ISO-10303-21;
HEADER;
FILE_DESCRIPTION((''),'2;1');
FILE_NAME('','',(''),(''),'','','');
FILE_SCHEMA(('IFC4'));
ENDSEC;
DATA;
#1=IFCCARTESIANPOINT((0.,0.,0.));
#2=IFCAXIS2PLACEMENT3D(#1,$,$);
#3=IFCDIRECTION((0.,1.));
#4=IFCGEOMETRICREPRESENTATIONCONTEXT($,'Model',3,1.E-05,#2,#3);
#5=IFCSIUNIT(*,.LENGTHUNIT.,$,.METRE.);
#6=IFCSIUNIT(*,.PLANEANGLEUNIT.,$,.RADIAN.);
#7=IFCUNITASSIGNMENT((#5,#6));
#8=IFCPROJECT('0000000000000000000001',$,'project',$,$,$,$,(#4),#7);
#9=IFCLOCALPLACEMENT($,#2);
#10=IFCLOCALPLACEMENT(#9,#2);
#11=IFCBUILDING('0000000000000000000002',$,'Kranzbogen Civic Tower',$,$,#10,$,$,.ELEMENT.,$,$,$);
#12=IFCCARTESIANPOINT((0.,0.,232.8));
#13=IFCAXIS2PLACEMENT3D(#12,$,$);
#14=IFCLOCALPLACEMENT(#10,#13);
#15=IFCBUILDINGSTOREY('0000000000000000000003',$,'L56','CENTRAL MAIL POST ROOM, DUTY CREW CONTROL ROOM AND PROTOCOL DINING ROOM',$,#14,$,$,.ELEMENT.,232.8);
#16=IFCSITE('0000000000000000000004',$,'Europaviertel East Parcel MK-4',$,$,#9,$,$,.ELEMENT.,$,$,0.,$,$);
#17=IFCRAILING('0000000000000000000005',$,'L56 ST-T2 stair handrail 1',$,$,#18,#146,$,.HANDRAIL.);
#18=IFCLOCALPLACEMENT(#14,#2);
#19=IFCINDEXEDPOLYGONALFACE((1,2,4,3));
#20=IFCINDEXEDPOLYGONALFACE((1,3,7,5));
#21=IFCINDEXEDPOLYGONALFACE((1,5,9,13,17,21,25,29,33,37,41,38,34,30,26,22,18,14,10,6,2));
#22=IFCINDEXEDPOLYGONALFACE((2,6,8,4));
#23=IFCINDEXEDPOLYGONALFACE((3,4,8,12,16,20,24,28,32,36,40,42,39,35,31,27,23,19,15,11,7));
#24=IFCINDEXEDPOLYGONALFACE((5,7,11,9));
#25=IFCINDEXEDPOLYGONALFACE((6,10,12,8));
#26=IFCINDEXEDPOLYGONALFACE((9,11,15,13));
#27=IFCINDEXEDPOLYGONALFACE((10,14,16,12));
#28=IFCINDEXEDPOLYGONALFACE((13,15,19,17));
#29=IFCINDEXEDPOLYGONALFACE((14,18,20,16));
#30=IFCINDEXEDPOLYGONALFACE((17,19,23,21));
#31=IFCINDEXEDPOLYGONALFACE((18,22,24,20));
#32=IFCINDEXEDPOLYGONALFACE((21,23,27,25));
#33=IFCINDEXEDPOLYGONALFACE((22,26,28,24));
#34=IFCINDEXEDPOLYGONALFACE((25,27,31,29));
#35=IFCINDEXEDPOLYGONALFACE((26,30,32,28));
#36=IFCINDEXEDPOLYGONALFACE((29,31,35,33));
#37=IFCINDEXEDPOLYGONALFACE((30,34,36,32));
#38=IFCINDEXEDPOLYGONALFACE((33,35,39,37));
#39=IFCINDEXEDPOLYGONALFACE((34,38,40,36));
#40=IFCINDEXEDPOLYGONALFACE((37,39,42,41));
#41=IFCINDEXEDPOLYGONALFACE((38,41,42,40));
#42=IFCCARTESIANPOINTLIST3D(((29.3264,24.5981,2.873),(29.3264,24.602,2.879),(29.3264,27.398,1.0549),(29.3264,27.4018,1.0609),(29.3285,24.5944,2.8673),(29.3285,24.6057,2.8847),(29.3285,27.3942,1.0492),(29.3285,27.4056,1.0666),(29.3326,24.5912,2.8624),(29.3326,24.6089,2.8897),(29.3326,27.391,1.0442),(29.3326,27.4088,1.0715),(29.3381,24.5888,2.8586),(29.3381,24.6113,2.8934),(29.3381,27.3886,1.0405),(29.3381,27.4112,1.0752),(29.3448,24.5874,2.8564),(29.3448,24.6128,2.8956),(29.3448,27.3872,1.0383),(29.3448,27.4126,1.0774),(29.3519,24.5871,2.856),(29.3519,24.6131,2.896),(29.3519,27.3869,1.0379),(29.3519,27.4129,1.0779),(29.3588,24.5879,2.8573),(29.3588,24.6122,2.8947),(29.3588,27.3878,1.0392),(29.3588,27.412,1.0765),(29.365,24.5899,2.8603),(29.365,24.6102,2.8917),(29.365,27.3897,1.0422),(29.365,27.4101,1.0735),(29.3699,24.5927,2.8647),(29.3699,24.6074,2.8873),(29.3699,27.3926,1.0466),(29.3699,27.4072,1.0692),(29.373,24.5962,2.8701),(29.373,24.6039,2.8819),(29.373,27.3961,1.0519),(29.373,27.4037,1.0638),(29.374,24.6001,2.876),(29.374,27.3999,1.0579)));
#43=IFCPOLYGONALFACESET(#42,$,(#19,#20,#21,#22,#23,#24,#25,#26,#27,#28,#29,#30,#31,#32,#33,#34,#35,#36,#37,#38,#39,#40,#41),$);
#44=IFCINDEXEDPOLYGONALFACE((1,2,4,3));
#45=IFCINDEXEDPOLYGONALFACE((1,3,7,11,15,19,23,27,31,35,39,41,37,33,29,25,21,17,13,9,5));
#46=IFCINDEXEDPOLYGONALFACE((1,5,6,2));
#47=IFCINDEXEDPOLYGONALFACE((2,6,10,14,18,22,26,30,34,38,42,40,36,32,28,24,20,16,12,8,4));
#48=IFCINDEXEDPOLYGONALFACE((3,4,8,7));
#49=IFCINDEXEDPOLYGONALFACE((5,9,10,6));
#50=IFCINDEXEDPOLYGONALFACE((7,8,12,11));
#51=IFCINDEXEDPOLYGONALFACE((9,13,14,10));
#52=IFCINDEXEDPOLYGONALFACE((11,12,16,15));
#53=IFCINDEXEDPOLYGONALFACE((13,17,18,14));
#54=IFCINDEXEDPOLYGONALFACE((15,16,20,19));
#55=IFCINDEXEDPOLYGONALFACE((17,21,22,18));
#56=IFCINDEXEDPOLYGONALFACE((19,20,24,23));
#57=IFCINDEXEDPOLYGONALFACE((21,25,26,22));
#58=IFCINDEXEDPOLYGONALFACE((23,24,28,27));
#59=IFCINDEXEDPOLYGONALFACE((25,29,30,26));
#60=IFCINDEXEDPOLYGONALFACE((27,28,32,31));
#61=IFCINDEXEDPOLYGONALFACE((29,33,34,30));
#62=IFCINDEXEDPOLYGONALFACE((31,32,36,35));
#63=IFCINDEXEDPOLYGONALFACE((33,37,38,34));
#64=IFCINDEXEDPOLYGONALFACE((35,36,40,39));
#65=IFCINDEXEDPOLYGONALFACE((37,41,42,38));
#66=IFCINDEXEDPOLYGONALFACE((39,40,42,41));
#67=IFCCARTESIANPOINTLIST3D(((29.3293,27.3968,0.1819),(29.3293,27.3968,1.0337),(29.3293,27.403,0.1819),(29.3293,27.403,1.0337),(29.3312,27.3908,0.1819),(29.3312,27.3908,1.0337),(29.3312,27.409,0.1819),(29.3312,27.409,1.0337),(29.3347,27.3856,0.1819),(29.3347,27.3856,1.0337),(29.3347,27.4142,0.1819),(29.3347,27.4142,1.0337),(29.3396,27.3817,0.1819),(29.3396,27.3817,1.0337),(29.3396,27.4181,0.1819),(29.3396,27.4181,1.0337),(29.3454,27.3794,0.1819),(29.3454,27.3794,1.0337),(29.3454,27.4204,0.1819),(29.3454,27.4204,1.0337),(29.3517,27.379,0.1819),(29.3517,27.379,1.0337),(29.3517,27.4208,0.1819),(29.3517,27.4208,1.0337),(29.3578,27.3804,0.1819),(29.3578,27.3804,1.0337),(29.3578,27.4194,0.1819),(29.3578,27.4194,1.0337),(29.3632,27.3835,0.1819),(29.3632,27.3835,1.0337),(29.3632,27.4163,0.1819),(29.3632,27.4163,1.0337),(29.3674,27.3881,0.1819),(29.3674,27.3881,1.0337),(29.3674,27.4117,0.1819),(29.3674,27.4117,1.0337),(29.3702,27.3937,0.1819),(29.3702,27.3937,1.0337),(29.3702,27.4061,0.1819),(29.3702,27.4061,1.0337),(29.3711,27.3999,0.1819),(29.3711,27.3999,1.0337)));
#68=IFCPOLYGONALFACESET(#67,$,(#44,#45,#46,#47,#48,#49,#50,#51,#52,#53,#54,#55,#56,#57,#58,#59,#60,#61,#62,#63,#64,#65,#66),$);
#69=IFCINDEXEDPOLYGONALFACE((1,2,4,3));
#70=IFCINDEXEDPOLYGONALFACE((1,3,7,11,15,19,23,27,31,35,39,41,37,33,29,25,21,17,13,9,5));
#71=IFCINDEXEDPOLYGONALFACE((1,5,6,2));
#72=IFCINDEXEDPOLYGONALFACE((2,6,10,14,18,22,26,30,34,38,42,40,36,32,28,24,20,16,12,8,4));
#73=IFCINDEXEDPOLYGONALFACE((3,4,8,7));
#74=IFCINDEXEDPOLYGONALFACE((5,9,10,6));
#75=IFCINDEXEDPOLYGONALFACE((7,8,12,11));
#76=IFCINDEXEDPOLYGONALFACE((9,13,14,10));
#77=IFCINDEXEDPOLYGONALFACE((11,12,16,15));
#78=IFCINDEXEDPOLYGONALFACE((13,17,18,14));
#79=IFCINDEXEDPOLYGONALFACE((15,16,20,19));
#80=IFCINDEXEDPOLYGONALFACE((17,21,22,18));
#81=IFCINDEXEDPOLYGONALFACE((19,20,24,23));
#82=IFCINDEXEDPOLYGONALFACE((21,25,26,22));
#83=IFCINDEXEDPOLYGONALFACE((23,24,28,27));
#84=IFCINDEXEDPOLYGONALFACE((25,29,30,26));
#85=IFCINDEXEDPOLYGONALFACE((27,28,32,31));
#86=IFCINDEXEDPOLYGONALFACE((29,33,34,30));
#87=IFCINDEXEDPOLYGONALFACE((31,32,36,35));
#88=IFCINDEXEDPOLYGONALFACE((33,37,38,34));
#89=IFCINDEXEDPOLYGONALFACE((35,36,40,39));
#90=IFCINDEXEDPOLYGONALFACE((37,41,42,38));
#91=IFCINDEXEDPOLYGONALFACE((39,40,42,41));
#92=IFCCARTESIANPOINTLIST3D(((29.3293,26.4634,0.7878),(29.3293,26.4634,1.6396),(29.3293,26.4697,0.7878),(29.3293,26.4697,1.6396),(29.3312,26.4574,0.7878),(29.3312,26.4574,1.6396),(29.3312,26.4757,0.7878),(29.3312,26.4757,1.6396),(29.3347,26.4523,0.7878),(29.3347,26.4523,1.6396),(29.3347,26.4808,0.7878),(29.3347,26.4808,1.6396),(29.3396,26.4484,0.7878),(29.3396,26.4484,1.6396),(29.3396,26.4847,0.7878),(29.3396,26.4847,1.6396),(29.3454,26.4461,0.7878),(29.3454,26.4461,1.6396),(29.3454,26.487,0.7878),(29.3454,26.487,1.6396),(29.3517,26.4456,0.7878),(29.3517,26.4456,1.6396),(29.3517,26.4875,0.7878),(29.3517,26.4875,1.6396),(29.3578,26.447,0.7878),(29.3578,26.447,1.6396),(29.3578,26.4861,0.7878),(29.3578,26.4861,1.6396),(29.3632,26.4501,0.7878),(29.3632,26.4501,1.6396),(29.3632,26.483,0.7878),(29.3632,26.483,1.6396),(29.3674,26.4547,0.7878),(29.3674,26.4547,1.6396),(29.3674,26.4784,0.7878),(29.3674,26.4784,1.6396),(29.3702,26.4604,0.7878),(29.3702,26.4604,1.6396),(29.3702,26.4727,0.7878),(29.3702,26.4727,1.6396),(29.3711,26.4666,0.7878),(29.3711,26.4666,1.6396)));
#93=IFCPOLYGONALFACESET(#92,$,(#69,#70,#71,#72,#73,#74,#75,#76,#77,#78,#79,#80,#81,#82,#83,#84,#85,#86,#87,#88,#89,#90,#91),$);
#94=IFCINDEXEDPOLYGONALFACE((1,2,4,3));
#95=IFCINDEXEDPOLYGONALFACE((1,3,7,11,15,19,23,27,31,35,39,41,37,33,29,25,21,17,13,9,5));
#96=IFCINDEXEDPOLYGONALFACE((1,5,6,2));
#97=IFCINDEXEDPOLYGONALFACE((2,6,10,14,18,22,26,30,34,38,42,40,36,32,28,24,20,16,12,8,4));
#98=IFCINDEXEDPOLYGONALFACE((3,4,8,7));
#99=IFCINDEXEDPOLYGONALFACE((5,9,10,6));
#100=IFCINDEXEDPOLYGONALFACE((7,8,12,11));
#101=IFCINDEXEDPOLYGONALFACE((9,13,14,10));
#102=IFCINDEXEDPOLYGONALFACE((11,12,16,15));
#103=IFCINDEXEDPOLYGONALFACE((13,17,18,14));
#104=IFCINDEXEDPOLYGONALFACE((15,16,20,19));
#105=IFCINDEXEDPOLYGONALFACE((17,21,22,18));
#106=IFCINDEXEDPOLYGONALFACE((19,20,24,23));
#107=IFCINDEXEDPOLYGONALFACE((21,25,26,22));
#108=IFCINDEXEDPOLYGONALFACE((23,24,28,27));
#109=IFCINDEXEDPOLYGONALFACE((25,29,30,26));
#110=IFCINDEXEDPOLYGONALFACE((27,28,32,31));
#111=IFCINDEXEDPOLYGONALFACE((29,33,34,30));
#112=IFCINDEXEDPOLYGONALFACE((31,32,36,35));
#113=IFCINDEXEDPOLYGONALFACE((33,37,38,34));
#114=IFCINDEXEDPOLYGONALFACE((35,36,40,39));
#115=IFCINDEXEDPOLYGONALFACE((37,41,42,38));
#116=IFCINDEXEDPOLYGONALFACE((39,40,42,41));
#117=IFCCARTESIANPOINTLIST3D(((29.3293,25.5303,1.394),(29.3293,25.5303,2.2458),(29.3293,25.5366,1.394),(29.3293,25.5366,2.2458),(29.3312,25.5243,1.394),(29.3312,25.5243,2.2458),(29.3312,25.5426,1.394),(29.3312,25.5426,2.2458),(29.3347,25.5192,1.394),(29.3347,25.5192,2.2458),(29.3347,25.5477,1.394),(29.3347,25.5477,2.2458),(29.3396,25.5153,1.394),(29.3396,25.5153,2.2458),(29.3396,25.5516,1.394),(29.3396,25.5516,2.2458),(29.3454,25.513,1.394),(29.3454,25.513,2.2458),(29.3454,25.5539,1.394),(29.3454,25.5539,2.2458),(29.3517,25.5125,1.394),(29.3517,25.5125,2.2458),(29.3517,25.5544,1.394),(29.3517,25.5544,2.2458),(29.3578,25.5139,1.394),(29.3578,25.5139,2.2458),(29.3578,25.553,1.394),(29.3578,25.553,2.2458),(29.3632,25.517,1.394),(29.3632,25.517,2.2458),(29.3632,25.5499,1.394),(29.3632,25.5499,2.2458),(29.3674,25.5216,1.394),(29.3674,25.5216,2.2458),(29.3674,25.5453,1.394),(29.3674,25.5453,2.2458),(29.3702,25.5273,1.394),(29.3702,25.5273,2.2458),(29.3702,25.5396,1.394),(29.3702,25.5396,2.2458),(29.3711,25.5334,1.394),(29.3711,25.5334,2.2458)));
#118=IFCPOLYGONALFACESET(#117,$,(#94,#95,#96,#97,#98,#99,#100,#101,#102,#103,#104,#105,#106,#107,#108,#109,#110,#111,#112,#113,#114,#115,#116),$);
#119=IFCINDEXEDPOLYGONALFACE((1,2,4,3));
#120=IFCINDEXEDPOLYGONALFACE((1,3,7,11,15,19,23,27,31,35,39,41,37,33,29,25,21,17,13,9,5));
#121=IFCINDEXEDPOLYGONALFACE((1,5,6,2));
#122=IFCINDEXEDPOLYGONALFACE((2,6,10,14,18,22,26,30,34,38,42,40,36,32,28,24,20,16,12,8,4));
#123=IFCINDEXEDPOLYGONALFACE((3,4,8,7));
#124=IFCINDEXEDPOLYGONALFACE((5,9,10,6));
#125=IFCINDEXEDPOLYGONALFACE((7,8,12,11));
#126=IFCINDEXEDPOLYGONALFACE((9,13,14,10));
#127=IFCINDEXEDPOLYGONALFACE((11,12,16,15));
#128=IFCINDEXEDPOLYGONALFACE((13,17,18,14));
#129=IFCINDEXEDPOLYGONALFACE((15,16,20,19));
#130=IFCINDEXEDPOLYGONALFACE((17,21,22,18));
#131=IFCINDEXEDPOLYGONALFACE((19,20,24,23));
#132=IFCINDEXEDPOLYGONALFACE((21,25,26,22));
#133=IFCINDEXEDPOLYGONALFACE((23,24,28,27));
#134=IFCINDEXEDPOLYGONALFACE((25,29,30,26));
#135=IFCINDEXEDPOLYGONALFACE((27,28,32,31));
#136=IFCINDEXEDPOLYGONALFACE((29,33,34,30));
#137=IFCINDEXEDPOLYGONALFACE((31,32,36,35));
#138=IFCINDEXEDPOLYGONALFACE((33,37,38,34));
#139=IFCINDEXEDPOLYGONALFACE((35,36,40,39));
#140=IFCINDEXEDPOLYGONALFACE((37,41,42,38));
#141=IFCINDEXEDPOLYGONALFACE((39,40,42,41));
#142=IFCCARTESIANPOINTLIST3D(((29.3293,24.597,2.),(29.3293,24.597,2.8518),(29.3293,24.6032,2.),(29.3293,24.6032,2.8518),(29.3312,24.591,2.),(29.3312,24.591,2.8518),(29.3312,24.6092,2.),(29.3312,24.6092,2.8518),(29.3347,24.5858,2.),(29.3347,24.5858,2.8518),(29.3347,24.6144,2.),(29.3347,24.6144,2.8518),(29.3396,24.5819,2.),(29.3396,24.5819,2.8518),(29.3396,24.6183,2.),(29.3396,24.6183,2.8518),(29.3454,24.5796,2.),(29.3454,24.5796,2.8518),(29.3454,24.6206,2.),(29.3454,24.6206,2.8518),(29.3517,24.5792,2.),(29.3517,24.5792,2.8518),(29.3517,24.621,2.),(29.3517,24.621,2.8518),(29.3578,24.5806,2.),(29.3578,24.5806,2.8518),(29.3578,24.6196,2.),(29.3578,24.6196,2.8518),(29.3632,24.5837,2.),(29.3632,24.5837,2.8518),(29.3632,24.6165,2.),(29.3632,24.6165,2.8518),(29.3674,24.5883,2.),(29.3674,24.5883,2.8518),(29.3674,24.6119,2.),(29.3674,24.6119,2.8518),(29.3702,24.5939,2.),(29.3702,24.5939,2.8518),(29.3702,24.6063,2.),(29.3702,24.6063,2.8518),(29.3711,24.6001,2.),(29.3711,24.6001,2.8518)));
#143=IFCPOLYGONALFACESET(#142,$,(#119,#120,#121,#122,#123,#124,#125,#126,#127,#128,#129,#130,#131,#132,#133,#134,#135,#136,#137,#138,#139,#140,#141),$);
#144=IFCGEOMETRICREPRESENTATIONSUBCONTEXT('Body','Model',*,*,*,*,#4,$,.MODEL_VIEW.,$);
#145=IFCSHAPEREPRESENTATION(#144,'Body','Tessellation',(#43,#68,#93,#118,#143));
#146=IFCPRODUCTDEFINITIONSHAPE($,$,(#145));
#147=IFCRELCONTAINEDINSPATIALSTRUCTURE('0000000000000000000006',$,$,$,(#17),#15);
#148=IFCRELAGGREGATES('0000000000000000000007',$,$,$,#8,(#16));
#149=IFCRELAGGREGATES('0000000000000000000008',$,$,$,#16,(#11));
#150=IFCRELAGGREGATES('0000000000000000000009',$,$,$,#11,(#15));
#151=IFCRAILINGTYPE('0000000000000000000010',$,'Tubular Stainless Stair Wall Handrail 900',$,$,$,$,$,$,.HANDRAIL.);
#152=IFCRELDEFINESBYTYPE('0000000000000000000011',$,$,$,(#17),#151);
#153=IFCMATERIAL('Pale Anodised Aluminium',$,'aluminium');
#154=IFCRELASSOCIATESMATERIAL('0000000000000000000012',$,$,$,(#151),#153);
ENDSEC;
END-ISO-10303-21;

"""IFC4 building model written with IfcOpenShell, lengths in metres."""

from ifc_helpers import new_model, si_unit, direction, frame, origin, origin_2d, place, context, subcontext, project, spatial, circle, extrude, material, type_object, element, save


model = new_model("IFC4")

# Units and contexts
model_context = context("Model", 3, precision=1e-05, world=origin(), true_north=direction((0.0, 1.0)))
body_context = subcontext(model_context, "Body", "Model", "MODEL_VIEW")
ifc_project = project(units=[si_unit("LENGTHUNIT", "METRE"), si_unit("PLANEANGLEUNIT", "RADIAN")], contexts=[model_context])

# Site, building, storey
site_placement = place(None, origin())
site = spatial("IfcSite", under=ifc_project, at=site_placement, Name="Europaviertel East Parcel MK-4", CompositionType="ELEMENT", RefElevation=0.0)
building_placement = place(site_placement, origin())
building = spatial("IfcBuilding", under=site, at=building_placement, Name="Kranzbogen Civic Tower", CompositionType="ELEMENT")
storey_placement = place(building_placement, frame((0.0, 0.0, 232.8)))
storey = spatial("IfcBuildingStorey", under=building, at=storey_placement, Name="L56", Description="CENTRAL MAIL POST ROOM, DUTY CREW CONTROL ROOM AND PROTOCOL DINING ROOM", CompositionType="ELEMENT", Elevation=232.8)

# Shared definitions
ifc_material_1 = material(Name="Pale Anodised Aluminium", Category="aluminium")

# Railing
railing_type = type_object("IfcRailingType", Name="Tubular Stainless Stair Wall Handrail 900", PredefinedType="HANDRAIL", material=ifc_material_1)
railing_placement = place(storey_placement, frame((29.3501, 27.3999, 0.1819)))
element("IfcRailing", 1, at=railing_placement, inside=storey, type_object=railing_type, Name="L56 ST-T2 stair handrail 1", PredefinedType="HANDRAIL", context=body_context, shape_type="SweptSolid", body=[
    extrude(circle(Radius=0.0239, at=origin_2d()), frame((0.0, 0.0, 0.876), z_axis=(0.0, -0.838684, 0.544618), x_axis=(1.0, 0.0, 0.0)), (0.0, 0.0, 1.0), 3.3384),
    extrude(circle(Radius=0.021, at=origin_2d()), origin(), (0.0, 0.0, 1.0), 0.8518),
    extrude(circle(Radius=0.021, at=origin_2d()), frame((0.0, -0.9333, 0.606)), (0.0, 0.0, 1.0), 0.8518),
    extrude(circle(Radius=0.021, at=origin_2d()), frame((0.0, -1.8665, 1.2122)), (0.0, 0.0, 1.0), 0.8518),
    extrude(circle(Radius=0.021, at=origin_2d()), frame((0.0, -2.7998, 1.8181)), (0.0, 0.0, 1.0), 0.8518),
])

save(model, "model.ifc")
